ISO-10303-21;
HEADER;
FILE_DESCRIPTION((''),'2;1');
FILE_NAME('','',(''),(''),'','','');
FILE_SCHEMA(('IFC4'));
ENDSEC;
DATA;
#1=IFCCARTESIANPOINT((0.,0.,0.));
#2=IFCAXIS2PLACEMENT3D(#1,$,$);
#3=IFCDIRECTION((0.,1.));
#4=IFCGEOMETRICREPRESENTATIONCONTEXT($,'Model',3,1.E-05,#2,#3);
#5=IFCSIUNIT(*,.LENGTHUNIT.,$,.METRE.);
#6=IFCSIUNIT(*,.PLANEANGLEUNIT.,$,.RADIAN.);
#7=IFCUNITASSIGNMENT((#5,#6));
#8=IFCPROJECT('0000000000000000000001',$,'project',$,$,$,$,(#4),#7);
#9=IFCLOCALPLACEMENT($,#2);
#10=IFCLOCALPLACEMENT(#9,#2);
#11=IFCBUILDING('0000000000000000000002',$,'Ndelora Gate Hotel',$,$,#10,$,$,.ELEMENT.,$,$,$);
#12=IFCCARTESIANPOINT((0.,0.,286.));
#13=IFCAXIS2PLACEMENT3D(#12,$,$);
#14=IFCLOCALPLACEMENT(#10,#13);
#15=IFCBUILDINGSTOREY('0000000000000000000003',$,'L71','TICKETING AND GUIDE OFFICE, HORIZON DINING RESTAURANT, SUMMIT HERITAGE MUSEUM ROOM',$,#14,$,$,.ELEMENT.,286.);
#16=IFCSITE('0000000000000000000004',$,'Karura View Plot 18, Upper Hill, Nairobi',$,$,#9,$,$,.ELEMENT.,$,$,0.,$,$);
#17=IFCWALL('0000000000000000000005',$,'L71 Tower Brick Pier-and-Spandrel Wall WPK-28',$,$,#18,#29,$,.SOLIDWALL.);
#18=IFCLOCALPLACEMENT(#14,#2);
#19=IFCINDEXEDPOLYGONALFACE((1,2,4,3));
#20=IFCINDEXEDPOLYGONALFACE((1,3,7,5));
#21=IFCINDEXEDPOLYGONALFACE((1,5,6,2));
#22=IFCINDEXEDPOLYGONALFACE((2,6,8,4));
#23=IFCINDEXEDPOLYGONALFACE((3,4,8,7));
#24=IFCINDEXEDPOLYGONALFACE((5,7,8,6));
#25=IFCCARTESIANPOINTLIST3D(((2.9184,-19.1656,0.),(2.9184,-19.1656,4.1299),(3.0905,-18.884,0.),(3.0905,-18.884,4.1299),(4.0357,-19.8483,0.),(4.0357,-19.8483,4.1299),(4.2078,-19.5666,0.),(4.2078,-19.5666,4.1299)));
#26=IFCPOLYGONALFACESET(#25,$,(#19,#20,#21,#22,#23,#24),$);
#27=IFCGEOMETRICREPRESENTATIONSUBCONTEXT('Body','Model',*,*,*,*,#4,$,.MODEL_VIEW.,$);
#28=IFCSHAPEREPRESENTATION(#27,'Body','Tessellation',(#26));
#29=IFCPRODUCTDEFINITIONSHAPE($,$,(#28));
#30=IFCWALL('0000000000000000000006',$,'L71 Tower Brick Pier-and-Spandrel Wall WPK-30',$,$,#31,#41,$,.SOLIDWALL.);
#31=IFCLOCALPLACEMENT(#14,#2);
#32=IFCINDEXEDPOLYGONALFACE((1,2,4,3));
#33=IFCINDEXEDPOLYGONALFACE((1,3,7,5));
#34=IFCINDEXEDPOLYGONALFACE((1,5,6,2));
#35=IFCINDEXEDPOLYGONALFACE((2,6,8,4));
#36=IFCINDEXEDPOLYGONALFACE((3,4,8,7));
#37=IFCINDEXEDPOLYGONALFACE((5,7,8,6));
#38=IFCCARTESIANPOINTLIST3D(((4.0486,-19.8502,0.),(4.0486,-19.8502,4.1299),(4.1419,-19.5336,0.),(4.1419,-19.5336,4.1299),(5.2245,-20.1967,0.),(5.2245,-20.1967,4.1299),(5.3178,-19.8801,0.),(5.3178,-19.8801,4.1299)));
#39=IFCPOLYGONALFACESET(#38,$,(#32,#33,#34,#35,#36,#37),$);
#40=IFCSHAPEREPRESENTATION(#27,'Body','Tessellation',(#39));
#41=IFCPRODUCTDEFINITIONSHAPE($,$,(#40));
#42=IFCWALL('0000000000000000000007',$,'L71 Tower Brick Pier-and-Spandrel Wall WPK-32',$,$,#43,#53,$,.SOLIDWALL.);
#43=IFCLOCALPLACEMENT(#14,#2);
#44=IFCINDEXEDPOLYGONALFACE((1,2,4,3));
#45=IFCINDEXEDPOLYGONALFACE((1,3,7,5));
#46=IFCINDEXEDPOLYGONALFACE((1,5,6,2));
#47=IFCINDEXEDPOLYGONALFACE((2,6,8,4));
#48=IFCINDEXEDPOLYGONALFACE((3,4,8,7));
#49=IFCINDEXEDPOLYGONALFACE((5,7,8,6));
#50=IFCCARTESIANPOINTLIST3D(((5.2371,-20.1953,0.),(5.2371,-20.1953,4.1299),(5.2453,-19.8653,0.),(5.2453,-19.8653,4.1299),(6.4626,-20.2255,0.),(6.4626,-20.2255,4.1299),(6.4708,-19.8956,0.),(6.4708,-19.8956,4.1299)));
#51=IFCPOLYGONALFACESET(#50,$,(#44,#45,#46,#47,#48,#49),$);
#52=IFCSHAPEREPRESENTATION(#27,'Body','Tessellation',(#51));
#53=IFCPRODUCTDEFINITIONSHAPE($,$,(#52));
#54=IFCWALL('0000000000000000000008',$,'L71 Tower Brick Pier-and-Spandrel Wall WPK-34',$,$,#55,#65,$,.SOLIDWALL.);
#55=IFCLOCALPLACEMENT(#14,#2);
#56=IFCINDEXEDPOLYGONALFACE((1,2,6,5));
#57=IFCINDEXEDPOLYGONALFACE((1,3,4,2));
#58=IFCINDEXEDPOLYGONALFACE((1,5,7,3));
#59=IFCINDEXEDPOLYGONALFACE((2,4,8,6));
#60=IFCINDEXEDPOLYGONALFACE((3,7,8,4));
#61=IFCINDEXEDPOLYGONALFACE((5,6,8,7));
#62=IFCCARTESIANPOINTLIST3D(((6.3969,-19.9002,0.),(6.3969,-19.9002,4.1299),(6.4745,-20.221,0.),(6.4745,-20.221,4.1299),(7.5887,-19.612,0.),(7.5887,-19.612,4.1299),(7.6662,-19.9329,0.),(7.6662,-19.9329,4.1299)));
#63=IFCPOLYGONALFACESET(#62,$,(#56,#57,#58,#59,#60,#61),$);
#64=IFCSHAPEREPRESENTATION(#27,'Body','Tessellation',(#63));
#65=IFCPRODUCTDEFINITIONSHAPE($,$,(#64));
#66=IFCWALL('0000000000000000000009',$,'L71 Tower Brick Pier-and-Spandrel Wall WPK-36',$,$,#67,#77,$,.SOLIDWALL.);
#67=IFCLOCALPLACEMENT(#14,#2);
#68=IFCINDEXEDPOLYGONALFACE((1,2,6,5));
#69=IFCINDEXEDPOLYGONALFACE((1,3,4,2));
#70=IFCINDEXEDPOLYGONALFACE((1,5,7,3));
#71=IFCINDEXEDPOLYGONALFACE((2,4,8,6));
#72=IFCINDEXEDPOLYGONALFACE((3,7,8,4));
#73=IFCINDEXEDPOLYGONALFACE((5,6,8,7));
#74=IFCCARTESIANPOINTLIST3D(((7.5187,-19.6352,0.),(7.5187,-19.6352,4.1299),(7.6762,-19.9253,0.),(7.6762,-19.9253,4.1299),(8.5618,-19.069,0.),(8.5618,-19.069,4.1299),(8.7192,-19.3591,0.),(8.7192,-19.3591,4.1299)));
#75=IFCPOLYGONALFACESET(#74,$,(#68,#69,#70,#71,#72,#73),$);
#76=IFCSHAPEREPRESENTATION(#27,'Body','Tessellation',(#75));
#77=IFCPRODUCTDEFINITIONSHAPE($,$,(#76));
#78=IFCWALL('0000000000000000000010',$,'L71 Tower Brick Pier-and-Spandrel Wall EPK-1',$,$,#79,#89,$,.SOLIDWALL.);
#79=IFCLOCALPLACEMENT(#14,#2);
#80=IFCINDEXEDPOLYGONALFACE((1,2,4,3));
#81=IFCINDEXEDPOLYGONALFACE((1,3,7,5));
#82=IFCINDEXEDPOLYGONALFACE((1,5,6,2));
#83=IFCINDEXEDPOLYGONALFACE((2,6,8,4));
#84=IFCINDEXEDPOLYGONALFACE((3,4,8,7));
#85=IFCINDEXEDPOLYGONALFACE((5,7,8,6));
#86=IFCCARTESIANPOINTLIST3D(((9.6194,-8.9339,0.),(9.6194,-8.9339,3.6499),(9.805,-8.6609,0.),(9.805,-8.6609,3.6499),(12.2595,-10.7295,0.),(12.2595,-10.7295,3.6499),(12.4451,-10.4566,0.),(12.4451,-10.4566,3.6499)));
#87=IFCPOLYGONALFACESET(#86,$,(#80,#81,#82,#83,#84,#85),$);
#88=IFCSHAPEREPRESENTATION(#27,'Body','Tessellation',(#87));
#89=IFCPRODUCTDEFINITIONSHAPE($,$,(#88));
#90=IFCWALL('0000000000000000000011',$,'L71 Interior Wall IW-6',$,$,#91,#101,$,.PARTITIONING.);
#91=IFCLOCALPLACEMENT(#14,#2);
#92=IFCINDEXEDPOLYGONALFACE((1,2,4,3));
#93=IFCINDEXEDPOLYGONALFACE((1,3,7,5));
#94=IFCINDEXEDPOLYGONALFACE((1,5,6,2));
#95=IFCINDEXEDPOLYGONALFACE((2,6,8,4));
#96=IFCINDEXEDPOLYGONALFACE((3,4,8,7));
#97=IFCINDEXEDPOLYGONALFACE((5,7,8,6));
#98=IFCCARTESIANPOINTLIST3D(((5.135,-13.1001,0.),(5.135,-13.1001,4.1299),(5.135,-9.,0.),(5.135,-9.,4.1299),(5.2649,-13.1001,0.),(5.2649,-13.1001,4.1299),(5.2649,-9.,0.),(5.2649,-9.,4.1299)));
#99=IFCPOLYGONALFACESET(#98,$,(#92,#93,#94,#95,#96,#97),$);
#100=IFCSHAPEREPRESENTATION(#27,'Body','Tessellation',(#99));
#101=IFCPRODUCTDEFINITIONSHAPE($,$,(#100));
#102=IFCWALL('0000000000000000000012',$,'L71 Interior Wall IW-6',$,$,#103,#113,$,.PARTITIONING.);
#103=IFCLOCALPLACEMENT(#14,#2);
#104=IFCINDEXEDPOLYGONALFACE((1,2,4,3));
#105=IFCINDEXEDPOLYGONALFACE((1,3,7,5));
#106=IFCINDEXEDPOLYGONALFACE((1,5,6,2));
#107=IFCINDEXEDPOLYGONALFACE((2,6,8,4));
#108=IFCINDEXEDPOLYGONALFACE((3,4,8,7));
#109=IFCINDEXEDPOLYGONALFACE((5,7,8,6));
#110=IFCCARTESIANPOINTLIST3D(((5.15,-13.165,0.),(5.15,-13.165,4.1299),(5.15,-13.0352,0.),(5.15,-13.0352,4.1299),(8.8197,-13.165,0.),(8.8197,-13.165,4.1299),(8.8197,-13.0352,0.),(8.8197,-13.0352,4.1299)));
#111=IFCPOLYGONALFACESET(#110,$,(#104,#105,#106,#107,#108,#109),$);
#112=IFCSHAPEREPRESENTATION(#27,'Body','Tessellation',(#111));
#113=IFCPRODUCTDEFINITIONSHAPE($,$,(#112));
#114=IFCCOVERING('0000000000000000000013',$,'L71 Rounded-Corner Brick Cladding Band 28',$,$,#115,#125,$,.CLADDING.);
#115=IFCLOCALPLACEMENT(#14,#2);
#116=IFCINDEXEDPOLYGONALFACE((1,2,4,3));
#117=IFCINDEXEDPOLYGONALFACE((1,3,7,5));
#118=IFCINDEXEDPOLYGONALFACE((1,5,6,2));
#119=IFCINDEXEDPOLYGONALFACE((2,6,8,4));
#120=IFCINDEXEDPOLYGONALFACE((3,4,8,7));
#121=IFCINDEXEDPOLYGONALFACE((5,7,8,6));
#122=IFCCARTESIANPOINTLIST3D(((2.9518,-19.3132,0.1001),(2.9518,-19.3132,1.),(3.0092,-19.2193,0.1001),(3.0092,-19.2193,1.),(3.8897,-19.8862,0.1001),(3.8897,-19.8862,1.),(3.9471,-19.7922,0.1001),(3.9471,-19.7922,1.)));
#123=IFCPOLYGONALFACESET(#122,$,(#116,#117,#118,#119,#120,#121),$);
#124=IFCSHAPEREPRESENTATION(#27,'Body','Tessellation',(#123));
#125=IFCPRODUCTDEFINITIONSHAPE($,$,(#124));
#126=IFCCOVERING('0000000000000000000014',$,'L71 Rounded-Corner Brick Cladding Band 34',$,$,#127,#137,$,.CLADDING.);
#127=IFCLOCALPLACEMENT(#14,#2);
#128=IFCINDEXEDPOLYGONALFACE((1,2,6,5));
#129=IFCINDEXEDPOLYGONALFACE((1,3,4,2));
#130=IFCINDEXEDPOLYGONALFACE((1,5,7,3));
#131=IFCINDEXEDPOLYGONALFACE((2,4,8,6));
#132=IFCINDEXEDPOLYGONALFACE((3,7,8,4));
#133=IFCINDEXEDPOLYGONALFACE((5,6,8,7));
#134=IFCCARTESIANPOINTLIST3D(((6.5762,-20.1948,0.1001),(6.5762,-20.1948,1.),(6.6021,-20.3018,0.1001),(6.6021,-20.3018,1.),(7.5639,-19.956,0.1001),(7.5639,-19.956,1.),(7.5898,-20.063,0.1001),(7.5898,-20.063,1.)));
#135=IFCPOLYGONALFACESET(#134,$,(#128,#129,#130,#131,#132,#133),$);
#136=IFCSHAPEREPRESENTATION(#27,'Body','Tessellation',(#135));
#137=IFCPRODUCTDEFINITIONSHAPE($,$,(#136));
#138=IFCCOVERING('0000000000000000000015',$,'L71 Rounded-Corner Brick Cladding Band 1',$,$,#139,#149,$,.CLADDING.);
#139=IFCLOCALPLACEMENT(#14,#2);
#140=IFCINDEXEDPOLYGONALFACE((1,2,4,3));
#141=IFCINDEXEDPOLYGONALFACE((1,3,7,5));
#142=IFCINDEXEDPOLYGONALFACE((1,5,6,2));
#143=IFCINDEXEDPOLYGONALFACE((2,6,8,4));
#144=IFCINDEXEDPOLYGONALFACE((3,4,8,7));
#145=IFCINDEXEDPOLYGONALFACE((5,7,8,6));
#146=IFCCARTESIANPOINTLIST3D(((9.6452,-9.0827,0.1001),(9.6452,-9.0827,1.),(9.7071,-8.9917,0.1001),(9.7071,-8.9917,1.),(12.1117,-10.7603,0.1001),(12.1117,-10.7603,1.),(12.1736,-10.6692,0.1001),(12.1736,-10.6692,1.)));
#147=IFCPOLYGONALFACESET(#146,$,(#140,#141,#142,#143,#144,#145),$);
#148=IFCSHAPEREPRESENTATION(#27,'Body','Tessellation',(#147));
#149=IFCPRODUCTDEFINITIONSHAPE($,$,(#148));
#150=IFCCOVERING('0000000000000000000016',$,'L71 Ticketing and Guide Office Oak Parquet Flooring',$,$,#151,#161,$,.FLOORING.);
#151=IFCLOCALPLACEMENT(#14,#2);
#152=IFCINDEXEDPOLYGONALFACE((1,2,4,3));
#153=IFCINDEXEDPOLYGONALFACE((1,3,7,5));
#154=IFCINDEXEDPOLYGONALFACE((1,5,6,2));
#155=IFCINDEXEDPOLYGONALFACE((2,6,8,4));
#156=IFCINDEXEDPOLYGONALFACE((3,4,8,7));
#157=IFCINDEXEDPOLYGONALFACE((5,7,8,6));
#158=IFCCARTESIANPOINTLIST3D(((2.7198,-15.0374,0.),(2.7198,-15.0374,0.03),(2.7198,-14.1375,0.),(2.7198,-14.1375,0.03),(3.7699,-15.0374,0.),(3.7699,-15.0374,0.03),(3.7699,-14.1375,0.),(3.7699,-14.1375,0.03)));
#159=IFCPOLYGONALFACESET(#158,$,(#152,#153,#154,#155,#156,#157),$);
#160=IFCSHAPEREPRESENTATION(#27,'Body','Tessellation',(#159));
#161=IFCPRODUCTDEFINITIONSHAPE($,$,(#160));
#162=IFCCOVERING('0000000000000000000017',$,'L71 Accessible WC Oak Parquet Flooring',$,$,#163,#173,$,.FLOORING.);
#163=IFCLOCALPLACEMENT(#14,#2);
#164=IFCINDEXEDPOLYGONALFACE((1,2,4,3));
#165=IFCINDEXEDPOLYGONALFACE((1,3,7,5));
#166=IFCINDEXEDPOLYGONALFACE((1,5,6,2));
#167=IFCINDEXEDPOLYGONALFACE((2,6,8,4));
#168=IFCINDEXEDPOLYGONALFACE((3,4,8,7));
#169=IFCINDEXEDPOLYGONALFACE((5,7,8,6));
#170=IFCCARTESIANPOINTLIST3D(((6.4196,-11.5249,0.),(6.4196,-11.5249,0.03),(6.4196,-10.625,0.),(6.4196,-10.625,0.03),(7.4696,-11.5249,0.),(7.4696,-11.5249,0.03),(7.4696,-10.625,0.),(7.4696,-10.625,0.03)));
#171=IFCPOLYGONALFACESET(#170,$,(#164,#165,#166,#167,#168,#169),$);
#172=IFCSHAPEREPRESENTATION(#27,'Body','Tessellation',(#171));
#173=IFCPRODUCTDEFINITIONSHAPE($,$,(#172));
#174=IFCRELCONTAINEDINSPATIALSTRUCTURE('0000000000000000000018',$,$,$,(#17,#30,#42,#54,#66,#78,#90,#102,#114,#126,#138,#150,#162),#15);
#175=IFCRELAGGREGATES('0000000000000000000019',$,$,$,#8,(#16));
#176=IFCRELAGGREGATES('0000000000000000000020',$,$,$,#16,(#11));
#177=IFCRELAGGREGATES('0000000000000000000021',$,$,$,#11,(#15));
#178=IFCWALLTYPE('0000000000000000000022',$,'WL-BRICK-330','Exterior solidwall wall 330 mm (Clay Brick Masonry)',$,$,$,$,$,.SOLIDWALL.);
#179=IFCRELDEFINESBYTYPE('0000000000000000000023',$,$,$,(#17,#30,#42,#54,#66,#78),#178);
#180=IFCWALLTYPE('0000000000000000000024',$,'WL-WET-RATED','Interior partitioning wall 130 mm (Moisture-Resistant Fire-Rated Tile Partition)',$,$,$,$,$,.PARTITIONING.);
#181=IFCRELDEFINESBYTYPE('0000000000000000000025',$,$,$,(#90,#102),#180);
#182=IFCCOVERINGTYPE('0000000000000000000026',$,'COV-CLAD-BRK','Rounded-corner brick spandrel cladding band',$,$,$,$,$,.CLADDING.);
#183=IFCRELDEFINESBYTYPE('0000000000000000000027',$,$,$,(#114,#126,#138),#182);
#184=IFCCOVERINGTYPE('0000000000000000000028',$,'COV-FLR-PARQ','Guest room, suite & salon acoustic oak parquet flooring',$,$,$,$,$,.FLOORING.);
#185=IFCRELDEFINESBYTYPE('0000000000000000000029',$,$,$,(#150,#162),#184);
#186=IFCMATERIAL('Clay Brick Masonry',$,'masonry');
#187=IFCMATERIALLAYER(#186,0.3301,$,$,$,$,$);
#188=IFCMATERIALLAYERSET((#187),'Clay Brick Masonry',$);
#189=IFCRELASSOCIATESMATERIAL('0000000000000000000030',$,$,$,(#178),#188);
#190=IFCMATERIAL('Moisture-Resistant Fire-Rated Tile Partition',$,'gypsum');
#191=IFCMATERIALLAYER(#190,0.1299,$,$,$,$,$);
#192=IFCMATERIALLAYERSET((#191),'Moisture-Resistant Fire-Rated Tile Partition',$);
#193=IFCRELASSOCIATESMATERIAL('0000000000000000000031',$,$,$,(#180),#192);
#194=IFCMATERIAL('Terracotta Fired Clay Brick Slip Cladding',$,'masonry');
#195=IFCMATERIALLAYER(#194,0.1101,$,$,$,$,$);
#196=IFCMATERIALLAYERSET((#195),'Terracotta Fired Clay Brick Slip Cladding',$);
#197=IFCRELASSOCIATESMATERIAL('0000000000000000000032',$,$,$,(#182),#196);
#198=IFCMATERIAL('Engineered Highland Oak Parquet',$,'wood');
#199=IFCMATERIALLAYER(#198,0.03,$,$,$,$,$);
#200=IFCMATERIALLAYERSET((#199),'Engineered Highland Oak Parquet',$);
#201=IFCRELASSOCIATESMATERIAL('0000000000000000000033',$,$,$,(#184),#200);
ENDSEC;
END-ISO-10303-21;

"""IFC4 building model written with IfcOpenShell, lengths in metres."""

from ifc_helpers import new_model, si_unit, direction, frame, frame_2d, origin, origin_2d, place, context, subcontext, project, spatial, rectangle, extrude, material, layer, layer_set, type_object, element, save


model = new_model("IFC4")

# Units and contexts
model_context = context("Model", 3, precision=1e-05, world=origin(), true_north=direction((0.0, 1.0)))
body_context = subcontext(model_context, "Body", "Model", "MODEL_VIEW")
ifc_project = project(units=[si_unit("LENGTHUNIT", "METRE"), si_unit("PLANEANGLEUNIT", "RADIAN")], contexts=[model_context])

# Site, building, storey
site_placement = place(None, origin())
site = spatial("IfcSite", under=ifc_project, at=site_placement, Name="Karura View Plot 18, Upper Hill, Nairobi", CompositionType="ELEMENT", RefElevation=0.0)
building_placement = place(site_placement, origin())
building = spatial("IfcBuilding", under=site, at=building_placement, Name="Ndelora Gate Hotel", CompositionType="ELEMENT")
storey_placement = place(building_placement, frame((0.0, 0.0, 286.0)))
storey = spatial("IfcBuildingStorey", under=building, at=storey_placement, Name="L71", Description="TICKETING AND GUIDE OFFICE, HORIZON DINING RESTAURANT, SUMMIT HERITAGE MUSEUM ROOM", CompositionType="ELEMENT", Elevation=286.0)

# Shared definitions
ifc_material_1 = material(Name="Clay Brick Masonry", Category="masonry")
ifc_layer_1 = layer(ifc_material_1, 0.3301)
ifc_layer_set_1 = layer_set([ifc_layer_1], Name="Clay Brick Masonry")
wall_type_1 = type_object("IfcWallType", Name="WL-BRICK-330", Description="Exterior solidwall wall 330 mm (Clay Brick Masonry)", PredefinedType="SOLIDWALL", material=ifc_layer_set_1)

# Walls
wall_1_placement = place(storey_placement, frame((4.1218, -19.7075, 0.0), z_axis=(0.0, 0.0, 1.0), x_axis=(-0.853319, 0.52139, 0.0)))
element("IfcWall", 1, at=wall_1_placement, inside=storey, type_object=wall_type_1, Name="L71 Tower Brick Pier-and-Spandrel Wall WPK-28", PredefinedType="SOLIDWALL", context=body_context, shape_type="SweptSolid", body=[
    extrude(rectangle(XDim=1.3093, YDim=0.3301, at=frame_2d((0.6548, 0.0))), origin(), (0.0, 0.0, 1.0), 4.1299),
])
for number, where, z_axis, x_axis, name in (
    (2, (5.271, -20.0383, 0.0), (0.0, 0.0, 1.0), (-0.959229, 0.28263, 0.0), "L71 Tower Brick Pier-and-Spandrel Wall WPK-30"),
    (3, (6.4666, -20.0605, 0.0), (0.0, 0.0, 1.0), (-0.999695, 0.024699, 0.0), "L71 Tower Brick Pier-and-Spandrel Wall WPK-32"),
):
    element("IfcWall", number, at=place(storey_placement, frame(where, z_axis=z_axis, x_axis=x_axis)), inside=storey, type_object=wall_type_1, Name=name, PredefinedType="SOLIDWALL", context=body_context, shape_type="SweptSolid", body=[
        extrude(rectangle(XDim=1.2258, YDim=0.3301, at=frame_2d((0.6128, 0.0))), origin(), (0.0, 0.0, 1.0), 4.1299),
    ])
wall_2_placement = place(storey_placement, frame((7.6274, -19.7725, 0.0), z_axis=(0.0, 0.0, 1.0), x_axis=(-0.971999, -0.234984, 0.0)))
element("IfcWall", 4, at=wall_2_placement, inside=storey, type_object=wall_type_1, Name="L71 Tower Brick Pier-and-Spandrel Wall WPK-34", PredefinedType="SOLIDWALL", context=body_context, shape_type="SweptSolid", body=[
    extrude(rectangle(XDim=1.2261, YDim=0.3301, at=frame_2d((0.613, 0.0))), origin(), (0.0, 0.0, 1.0), 4.1299),
])
wall_3_placement = place(storey_placement, frame((8.6404, -19.2141, 0.0), z_axis=(0.0, 0.0, 1.0), x_axis=(-0.878861, -0.477078, 0.0)))
element("IfcWall", 5, at=wall_3_placement, inside=storey, type_object=wall_type_1, Name="L71 Tower Brick Pier-and-Spandrel Wall WPK-36", PredefinedType="SOLIDWALL", context=body_context, shape_type="SweptSolid", body=[
    extrude(rectangle(XDim=1.1868, YDim=0.3301, at=frame_2d((0.5933, 0.0))), origin(), (0.0, 0.0, 1.0), 4.1299),
])
wall_4_placement = place(storey_placement, frame((12.3523, -10.593, 0.0), z_axis=(0.0, 0.0, 1.0), x_axis=(-0.826874, 0.562387, 0.0)))
element("IfcWall", 6, at=wall_4_placement, inside=storey, type_object=wall_type_1, Name="L71 Tower Brick Pier-and-Spandrel Wall EPK-1", PredefinedType="SOLIDWALL", context=body_context, shape_type="SweptSolid", body=[
    extrude(rectangle(XDim=3.1929, YDim=0.3301, at=frame_2d((1.5964, 0.0))), origin(), (0.0, 0.0, 1.0), 3.6499),
])
ifc_material_2 = material(Name="Moisture-Resistant Fire-Rated Tile Partition", Category="gypsum")
ifc_layer_2 = layer(ifc_material_2, 0.1299)
ifc_layer_set_2 = layer_set([ifc_layer_2], Name="Moisture-Resistant Fire-Rated Tile Partition")
wall_type_2 = type_object("IfcWallType", Name="WL-WET-RATED", Description="Interior partitioning wall 130 mm (Moisture-Resistant Fire-Rated Tile Partition)", PredefinedType="PARTITIONING", material=ifc_layer_set_2)
wall_5_placement = place(storey_placement, frame((5.2, -9.0, 0.0), z_axis=(0.0, 0.0, 1.0), x_axis=(0.0, -1.0, 0.0)))
element("IfcWall", 7, at=wall_5_placement, inside=storey, type_object=wall_type_2, Name="L71 Interior Wall IW-6", PredefinedType="PARTITIONING", context=body_context, shape_type="SweptSolid", body=[
    extrude(rectangle(XDim=4.1001, YDim=0.1299, at=frame_2d((2.05, 0.0))), origin(), (0.0, 0.0, 1.0), 4.1299),
])
wall_6_placement = place(storey_placement, frame((5.1499, -13.1001, 0.0), z_axis=(0.0, 0.0, 1.0), x_axis=(1.0, 0.0, 0.0)))
element("IfcWall", 8, at=wall_6_placement, inside=storey, type_object=wall_type_2, Name="L71 Interior Wall IW-6", PredefinedType="PARTITIONING", context=body_context, shape_type="SweptSolid", body=[
    extrude(rectangle(XDim=3.6697, YDim=0.1299, at=frame_2d((1.835, 0.0))), origin(), (0.0, 0.0, 1.0), 4.1299),
])

# Coverings
ifc_material_3 = material(Name="Terracotta Fired Clay Brick Slip Cladding", Category="masonry")
ifc_layer_3 = layer(ifc_material_3, 0.1101)
ifc_layer_set_3 = layer_set([ifc_layer_3], Name="Terracotta Fired Clay Brick Slip Cladding")
covering_type_1 = type_object("IfcCoveringType", Name="COV-CLAD-BRK", Description="Rounded-corner brick spandrel cladding band", PredefinedType="CLADDING", material=ifc_layer_set_3)
covering_1_placement = place(storey_placement, frame((3.4495, -19.5527, 0.1001), z_axis=(0.0, 0.0, 1.0), x_axis=(-0.853369, 0.521308, 0.0)))
element("IfcCovering", 9, at=covering_1_placement, inside=storey, type_object=covering_type_1, Name="L71 Rounded-Corner Brick Cladding Band 28", PredefinedType="CLADDING", context=body_context, shape_type="SweptSolid", body=[
    extrude(rectangle(XDim=1.0991, YDim=0.1101, at=origin_2d()), origin(), (0.0, 0.0, 1.0), 0.8999),
])
covering_2_placement = place(storey_placement, frame((7.083, -20.1289, 0.1001), z_axis=(0.0, 0.0, 1.0), x_axis=(0.972002, 0.234972, 0.0)))
element("IfcCovering", 10, at=covering_2_placement, inside=storey, type_object=covering_type_1, Name="L71 Rounded-Corner Brick Cladding Band 34", PredefinedType="CLADDING", context=body_context, shape_type="SweptSolid", body=[
    extrude(rectangle(XDim=1.0161, YDim=0.1101, at=origin_2d()), origin(), (0.0, 0.0, 1.0), 0.8999),
])
covering_3_placement = place(storey_placement, frame((10.9094, -9.876, 0.1001), z_axis=(0.0, 0.0, 1.0), x_axis=(-0.826884, 0.562372, 0.0)))
element("IfcCovering", 11, at=covering_3_placement, inside=storey, type_object=covering_type_1, Name="L71 Rounded-Corner Brick Cladding Band 1", PredefinedType="CLADDING", context=body_context, shape_type="SweptSolid", body=[
    extrude(rectangle(XDim=2.9829, YDim=0.1101, at=origin_2d()), origin(), (0.0, 0.0, 1.0), 0.8999),
])
ifc_material_4 = material(Name="Engineered Highland Oak Parquet", Category="wood")
ifc_layer_4 = layer(ifc_material_4, 0.03)
ifc_layer_set_4 = layer_set([ifc_layer_4], Name="Engineered Highland Oak Parquet")
covering_type_2 = type_object("IfcCoveringType", Name="COV-FLR-PARQ", Description="Guest room, suite & salon acoustic oak parquet flooring", PredefinedType="FLOORING", material=ifc_layer_set_4)
for number, where, z_axis, x_axis, name in (
    (12, (3.2449, -14.5874, 0.0), (0.0, 0.0, 1.0), (1.0, 0.0, 0.0), "L71 Ticketing and Guide Office Oak Parquet Flooring"),
    (13, (6.9446, -11.075, 0.0), (0.0, 0.0, 1.0), (1.0, 0.0, 0.0), "L71 Accessible WC Oak Parquet Flooring"),
):
    element("IfcCovering", number, at=place(storey_placement, frame(where, z_axis=z_axis, x_axis=x_axis)), inside=storey, type_object=covering_type_2, Name=name, PredefinedType="FLOORING", context=body_context, shape_type="SweptSolid", body=[
        extrude(rectangle(XDim=1.05, YDim=0.8999, at=origin_2d()), origin(), (0.0, 0.0, 1.0), 0.03),
    ])

save(model, "model.ifc")
